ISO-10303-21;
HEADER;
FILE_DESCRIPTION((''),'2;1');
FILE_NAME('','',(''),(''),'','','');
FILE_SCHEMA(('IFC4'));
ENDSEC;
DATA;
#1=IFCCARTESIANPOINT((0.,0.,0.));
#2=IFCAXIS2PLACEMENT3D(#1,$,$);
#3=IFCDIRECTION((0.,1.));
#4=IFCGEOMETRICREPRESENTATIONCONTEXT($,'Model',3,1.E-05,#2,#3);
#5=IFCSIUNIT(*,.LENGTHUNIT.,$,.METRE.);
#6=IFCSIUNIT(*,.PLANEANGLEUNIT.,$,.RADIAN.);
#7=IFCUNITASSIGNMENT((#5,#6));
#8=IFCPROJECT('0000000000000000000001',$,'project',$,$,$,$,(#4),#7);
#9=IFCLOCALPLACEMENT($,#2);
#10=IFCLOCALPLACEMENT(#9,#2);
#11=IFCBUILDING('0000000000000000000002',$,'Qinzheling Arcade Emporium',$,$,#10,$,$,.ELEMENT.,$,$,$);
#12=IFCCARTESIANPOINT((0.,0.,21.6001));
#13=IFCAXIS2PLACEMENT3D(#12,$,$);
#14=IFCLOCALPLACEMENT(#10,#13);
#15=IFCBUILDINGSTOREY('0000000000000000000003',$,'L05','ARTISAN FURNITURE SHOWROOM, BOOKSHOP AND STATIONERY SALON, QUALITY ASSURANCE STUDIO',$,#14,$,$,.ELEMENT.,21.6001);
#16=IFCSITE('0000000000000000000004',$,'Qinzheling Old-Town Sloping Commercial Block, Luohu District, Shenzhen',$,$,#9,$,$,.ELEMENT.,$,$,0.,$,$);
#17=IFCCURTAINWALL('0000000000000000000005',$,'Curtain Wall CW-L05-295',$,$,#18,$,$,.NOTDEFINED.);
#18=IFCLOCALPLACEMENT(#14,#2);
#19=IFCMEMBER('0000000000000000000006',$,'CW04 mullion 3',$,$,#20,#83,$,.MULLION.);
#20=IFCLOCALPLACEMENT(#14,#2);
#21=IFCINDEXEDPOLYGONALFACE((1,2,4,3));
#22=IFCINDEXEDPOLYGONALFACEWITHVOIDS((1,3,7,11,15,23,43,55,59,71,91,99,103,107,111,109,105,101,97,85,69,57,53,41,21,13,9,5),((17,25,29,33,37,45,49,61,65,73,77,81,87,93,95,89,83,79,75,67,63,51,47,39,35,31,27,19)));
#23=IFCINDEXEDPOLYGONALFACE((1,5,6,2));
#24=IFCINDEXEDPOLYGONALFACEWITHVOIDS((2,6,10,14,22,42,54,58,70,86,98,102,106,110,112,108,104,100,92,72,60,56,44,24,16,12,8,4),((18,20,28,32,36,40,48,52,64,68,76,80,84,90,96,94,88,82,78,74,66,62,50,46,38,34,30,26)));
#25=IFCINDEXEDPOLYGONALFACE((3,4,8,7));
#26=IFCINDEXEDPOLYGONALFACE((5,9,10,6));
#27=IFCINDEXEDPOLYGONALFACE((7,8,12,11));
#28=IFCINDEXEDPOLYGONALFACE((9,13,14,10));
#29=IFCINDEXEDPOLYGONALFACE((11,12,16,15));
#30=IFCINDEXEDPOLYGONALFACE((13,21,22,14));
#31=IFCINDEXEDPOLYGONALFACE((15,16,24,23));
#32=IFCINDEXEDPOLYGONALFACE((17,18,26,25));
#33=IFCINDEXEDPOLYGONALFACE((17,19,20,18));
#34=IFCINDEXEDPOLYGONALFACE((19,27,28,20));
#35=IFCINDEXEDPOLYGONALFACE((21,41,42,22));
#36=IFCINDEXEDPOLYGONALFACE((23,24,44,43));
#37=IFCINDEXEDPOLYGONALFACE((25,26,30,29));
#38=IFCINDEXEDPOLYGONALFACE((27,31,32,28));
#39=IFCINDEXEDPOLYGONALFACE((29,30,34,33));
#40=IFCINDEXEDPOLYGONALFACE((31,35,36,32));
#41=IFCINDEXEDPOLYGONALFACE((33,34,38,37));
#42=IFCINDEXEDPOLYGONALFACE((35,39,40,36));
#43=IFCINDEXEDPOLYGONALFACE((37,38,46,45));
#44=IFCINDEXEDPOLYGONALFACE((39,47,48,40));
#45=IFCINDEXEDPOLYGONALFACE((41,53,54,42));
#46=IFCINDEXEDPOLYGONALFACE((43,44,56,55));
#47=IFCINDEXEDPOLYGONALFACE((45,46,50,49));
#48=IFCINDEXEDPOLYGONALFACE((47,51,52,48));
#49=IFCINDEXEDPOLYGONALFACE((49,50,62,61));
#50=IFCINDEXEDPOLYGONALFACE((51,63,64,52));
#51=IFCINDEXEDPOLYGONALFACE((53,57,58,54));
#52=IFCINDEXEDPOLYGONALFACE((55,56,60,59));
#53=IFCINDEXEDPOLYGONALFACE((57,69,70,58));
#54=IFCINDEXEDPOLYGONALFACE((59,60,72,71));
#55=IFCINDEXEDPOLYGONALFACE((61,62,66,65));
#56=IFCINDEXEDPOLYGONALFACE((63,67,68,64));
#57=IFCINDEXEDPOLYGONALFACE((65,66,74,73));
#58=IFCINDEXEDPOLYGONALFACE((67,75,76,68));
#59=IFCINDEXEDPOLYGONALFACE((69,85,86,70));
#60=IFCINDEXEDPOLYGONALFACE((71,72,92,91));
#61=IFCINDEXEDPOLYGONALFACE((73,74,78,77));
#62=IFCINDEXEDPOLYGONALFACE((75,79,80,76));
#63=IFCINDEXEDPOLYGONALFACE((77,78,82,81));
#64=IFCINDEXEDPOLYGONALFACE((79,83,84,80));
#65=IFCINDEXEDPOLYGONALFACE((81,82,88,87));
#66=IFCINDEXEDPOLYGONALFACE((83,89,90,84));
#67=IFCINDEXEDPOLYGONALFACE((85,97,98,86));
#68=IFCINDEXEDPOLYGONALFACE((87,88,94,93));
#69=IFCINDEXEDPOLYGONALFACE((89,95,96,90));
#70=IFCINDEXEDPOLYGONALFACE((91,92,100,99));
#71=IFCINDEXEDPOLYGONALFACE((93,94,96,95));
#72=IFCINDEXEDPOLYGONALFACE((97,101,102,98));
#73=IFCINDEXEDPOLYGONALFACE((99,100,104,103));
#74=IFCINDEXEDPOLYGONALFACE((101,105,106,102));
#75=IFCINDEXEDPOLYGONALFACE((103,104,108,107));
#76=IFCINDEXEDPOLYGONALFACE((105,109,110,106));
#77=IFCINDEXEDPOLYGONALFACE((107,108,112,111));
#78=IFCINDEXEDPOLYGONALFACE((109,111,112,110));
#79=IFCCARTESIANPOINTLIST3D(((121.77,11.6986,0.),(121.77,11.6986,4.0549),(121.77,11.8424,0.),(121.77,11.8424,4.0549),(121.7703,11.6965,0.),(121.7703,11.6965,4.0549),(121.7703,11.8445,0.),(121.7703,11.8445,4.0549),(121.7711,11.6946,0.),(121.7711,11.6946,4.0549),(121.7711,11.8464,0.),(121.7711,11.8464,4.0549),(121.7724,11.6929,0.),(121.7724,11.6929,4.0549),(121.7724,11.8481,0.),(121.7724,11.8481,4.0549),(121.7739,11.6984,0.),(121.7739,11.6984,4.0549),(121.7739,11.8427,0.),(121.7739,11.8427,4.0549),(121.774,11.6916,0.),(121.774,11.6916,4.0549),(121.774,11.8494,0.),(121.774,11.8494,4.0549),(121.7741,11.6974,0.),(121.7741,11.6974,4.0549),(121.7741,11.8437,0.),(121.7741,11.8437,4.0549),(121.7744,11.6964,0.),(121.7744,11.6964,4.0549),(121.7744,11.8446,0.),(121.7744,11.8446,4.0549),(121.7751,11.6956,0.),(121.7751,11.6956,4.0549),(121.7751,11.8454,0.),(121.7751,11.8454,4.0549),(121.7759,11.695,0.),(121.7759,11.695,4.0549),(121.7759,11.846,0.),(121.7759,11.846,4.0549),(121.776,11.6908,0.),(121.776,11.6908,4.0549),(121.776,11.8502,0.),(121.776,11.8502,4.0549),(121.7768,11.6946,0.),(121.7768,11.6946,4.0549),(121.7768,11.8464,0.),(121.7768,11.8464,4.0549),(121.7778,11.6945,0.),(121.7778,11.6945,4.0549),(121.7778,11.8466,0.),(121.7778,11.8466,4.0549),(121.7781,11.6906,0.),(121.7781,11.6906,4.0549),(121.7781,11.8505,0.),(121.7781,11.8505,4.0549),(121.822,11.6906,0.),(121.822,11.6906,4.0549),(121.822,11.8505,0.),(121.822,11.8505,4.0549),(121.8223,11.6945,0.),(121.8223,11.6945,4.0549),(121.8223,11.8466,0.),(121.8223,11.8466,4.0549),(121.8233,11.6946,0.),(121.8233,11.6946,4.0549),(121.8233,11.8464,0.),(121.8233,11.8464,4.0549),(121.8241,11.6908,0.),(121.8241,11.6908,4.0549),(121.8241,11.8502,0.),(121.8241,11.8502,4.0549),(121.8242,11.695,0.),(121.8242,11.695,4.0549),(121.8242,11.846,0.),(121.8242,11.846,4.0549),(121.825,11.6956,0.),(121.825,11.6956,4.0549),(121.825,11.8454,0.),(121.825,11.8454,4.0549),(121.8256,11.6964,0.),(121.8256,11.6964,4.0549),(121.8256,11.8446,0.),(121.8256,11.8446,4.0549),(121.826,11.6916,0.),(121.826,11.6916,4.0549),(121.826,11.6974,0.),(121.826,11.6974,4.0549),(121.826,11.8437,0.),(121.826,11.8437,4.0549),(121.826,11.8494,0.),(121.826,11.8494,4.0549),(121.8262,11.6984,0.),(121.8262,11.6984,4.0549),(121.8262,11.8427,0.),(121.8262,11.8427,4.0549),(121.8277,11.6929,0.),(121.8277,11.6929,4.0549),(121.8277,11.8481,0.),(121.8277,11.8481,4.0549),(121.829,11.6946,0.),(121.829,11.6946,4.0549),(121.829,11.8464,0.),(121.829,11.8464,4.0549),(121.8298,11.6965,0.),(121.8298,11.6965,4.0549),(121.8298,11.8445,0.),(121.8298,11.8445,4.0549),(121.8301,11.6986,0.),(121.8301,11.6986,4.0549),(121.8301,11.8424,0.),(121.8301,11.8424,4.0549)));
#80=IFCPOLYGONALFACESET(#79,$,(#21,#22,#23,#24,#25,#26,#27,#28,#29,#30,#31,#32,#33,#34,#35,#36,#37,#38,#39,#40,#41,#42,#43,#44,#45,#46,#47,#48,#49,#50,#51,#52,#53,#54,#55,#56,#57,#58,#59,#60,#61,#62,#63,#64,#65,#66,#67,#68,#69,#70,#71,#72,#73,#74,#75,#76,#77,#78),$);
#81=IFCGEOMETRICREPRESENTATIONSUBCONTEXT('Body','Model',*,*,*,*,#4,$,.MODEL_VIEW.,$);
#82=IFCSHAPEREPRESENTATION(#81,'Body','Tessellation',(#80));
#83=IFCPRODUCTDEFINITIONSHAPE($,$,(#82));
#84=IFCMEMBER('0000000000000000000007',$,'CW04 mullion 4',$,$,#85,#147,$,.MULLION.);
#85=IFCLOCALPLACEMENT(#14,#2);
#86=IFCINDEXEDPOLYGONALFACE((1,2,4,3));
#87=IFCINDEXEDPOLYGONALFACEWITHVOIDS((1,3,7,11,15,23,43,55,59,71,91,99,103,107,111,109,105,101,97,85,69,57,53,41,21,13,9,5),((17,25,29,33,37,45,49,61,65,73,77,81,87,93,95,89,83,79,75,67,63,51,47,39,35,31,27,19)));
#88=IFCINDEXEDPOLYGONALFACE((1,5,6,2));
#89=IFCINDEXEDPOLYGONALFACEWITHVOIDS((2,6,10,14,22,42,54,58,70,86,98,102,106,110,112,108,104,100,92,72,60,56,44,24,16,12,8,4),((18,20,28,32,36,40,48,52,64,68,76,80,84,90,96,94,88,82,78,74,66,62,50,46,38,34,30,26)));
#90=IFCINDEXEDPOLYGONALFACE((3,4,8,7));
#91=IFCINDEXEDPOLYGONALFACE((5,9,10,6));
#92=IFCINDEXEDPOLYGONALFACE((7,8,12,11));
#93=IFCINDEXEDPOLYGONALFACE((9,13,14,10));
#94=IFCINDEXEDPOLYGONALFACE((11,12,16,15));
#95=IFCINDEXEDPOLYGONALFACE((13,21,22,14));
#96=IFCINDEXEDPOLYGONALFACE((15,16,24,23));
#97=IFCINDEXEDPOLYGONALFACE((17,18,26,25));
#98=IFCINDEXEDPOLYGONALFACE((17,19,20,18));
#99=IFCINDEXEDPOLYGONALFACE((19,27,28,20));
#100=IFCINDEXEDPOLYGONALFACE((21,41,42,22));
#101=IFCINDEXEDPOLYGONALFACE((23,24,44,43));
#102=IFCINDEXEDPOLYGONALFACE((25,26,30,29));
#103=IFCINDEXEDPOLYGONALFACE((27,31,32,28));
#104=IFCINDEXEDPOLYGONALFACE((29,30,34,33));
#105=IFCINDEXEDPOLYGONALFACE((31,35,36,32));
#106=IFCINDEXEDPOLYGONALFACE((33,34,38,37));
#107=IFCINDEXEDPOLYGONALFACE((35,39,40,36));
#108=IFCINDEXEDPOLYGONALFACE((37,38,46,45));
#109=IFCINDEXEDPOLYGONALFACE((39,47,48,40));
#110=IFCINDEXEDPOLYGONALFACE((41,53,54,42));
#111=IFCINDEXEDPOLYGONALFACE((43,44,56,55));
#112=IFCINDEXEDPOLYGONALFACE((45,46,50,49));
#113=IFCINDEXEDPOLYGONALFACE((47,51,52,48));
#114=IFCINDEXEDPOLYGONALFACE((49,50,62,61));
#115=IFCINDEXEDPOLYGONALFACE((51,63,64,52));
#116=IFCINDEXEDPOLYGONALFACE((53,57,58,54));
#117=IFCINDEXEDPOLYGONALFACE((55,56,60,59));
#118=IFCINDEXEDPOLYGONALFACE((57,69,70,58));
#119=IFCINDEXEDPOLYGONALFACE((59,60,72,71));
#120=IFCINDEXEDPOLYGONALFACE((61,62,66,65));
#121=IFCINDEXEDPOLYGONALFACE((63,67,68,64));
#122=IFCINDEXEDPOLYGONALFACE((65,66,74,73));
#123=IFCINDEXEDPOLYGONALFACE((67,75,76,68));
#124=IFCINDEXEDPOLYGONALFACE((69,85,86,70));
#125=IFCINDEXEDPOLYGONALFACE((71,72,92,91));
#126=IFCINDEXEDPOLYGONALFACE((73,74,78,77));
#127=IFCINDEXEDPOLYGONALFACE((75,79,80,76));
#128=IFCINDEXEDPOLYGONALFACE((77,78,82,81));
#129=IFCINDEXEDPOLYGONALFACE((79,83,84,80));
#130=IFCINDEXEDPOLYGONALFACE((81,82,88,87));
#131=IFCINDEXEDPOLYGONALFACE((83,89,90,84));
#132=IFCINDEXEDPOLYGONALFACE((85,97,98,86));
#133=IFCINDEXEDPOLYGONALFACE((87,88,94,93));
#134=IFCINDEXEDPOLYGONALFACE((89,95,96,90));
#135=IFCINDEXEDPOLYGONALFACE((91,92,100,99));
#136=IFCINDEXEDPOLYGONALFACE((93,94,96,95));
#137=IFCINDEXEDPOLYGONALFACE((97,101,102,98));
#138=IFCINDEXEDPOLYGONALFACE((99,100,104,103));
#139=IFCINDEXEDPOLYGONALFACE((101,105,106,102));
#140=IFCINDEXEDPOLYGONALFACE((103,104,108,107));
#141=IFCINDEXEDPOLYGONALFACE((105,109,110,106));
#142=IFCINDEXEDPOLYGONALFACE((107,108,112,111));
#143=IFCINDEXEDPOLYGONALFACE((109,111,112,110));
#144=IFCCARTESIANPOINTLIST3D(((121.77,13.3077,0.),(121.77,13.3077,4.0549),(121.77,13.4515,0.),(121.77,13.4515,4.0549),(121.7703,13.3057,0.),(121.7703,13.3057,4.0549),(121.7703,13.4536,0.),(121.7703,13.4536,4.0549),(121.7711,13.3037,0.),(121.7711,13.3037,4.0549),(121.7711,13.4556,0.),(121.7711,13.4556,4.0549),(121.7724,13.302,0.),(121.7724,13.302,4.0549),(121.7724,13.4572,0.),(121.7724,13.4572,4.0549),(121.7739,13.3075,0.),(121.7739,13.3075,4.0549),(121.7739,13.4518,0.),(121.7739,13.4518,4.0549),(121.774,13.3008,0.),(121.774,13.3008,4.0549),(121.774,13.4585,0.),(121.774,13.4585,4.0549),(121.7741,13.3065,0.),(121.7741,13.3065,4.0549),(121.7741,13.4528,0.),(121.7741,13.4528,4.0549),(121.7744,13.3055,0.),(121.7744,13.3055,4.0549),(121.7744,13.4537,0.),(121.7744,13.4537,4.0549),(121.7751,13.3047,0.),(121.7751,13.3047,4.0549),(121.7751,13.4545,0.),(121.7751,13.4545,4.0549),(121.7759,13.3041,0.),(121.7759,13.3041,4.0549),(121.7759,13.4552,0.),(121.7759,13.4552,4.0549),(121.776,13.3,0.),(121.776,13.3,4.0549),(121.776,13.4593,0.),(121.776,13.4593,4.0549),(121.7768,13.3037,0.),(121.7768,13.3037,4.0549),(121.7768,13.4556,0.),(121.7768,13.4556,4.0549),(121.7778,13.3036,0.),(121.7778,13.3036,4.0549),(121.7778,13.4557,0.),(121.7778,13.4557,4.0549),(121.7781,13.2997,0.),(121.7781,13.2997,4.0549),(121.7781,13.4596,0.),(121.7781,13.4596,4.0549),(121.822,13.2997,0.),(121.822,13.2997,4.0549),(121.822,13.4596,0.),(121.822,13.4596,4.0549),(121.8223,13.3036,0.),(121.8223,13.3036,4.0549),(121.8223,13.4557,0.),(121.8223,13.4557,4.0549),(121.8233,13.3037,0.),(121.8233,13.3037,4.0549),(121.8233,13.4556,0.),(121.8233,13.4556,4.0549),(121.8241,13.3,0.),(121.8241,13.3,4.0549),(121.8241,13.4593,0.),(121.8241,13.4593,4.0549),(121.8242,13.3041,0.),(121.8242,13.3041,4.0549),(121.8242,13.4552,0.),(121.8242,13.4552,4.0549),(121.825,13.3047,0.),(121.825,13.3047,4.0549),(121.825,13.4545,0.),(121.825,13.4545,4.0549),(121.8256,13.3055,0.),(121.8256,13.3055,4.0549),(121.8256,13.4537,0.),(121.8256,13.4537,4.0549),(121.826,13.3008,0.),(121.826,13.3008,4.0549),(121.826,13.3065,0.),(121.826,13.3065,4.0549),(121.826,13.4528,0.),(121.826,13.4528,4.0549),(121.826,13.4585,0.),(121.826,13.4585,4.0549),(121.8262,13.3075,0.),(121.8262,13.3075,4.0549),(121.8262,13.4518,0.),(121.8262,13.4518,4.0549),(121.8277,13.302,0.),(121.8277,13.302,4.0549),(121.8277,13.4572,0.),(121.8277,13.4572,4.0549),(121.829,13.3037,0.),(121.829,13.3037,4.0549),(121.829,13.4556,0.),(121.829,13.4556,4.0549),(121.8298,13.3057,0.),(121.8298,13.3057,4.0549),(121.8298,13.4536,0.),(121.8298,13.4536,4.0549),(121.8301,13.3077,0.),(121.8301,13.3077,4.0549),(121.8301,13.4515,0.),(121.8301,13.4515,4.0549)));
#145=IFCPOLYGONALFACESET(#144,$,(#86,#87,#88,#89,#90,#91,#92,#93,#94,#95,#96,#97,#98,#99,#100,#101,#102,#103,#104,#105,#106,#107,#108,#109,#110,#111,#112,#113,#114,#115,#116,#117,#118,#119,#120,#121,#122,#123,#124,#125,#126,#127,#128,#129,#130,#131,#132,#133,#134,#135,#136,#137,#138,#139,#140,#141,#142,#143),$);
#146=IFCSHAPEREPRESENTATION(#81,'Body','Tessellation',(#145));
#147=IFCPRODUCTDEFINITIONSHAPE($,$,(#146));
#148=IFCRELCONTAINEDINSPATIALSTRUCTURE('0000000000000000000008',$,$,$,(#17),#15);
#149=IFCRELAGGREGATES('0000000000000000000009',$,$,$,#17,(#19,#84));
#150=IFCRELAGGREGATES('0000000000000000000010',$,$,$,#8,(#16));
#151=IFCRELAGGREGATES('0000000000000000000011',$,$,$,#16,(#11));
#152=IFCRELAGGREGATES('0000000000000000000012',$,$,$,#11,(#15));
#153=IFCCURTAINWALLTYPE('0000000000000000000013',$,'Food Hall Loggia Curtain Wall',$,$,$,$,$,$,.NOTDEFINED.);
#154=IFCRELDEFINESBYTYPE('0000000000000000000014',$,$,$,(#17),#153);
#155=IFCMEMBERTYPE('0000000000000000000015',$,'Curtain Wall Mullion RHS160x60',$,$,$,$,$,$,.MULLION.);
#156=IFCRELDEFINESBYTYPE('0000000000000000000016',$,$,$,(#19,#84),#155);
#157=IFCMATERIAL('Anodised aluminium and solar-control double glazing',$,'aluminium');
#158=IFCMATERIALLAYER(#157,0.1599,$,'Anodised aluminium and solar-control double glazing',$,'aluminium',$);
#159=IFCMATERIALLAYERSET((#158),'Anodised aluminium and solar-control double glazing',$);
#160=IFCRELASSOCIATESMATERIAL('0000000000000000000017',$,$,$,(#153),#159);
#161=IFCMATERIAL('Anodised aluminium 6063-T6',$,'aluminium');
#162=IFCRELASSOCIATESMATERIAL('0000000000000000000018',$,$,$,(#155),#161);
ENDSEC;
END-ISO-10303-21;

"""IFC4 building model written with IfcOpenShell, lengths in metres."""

from ifc_helpers import new_model, si_unit, direction, frame, origin, origin_2d, place, context, subcontext, project, spatial, hollow_rectangle, extrude, material, layer, layer_set, material_profile, profile_set, type_object, element, aggregate, save


model = new_model("IFC4")

# Units and contexts
model_context = context("Model", 3, precision=1e-05, world=origin(), true_north=direction((0.0, 1.0)))
body_context = subcontext(model_context, "Body", "Model", "MODEL_VIEW")
ifc_project = project(units=[si_unit("LENGTHUNIT", "METRE"), si_unit("PLANEANGLEUNIT", "RADIAN")], contexts=[model_context])

# Site, building, storey
site_placement = place(None, origin())
site = spatial("IfcSite", under=ifc_project, at=site_placement, Name="Qinzheling Old-Town Sloping Commercial Block, Luohu District, Shenzhen", CompositionType="ELEMENT", RefElevation=0.0)
building_placement = place(site_placement, origin())
building = spatial("IfcBuilding", under=site, at=building_placement, Name="Qinzheling Arcade Emporium", CompositionType="ELEMENT")
storey_placement = place(building_placement, frame((0.0, 0.0, 21.6001)))
storey = spatial("IfcBuildingStorey", under=building, at=storey_placement, Name="L05", Description="ARTISAN FURNITURE SHOWROOM, BOOKSHOP AND STATIONERY SALON, QUALITY ASSURANCE STUDIO", CompositionType="ELEMENT", Elevation=21.6001)

# Curtain wall, members
ifc_material_1 = material(Name="Anodised aluminium and solar-control double glazing", Category="aluminium")
ifc_layer_1 = layer(ifc_material_1, 0.1599, Name="Anodised aluminium and solar-control double glazing", Category="aluminium")
ifc_layer_set_1 = layer_set([ifc_layer_1], Name="Anodised aluminium and solar-control double glazing")
curtain_wall_type = type_object("IfcCurtainWallType", Name="Food Hall Loggia Curtain Wall", PredefinedType="NOTDEFINED", material=ifc_layer_set_1)
curtain_wall_placement = place(storey_placement, origin())
curtain_wall = element("IfcCurtainWall", 1, at=curtain_wall_placement, inside=storey, type_object=curtain_wall_type, Name="Curtain Wall CW-L05-295", PredefinedType="NOTDEFINED")
ifc_material_2 = material(Name="Anodised aluminium 6063-T6", Category="aluminium")
ifc_material_profile_1 = material_profile(ifc_material_2, hollow_rectangle(XDim=0.0601, YDim=0.1599, WallThickness=0.0039, InnerFilletRadius=0.0039, OuterFilletRadius=0.0081, at=origin_2d()), Name="RHS 160x60x4", Category="aluminium")
ifc_profile_set_1 = profile_set([ifc_material_profile_1], Name="Anodised aluminium 6063-T6")
member_type_1 = type_object("IfcMemberType", Name="Curtain Wall Mullion RHS160x60", PredefinedType="MULLION", material=ifc_profile_set_1)
member_1_placement = place(storey_placement, frame((121.8, 11.7705, 0.0), z_axis=(0.0, 0.0, 1.0), x_axis=(-1.0, 0.0, 0.0)))
member_1 = element("IfcMember", 2, at=member_1_placement, type_object=member_type_1, Name="CW04 mullion 3", PredefinedType="MULLION", context=body_context, shape_type="SweptSolid", body=[
    extrude(hollow_rectangle(XDim=0.0601, YDim=0.1599, WallThickness=0.0039, InnerFilletRadius=0.0039, OuterFilletRadius=0.0081, at=origin_2d()), origin(), (0.0, 0.0, 1.0), 4.0549),
])
member_2_placement = place(storey_placement, frame((121.8, 13.3796, 0.0), z_axis=(0.0, 0.0, 1.0), x_axis=(-1.0, 0.0, 0.0)))
member_2 = element("IfcMember", 3, at=member_2_placement, type_object=member_type_1, Name="CW04 mullion 4", PredefinedType="MULLION", context=body_context, shape_type="SweptSolid", body=[
    extrude(hollow_rectangle(XDim=0.0601, YDim=0.1599, WallThickness=0.0039, InnerFilletRadius=0.0039, OuterFilletRadius=0.0081, at=origin_2d()), origin(), (0.0, 0.0, 1.0), 4.0549),
])

aggregate(curtain_wall, [member_1, member_2])

save(model, "model.ifc")
